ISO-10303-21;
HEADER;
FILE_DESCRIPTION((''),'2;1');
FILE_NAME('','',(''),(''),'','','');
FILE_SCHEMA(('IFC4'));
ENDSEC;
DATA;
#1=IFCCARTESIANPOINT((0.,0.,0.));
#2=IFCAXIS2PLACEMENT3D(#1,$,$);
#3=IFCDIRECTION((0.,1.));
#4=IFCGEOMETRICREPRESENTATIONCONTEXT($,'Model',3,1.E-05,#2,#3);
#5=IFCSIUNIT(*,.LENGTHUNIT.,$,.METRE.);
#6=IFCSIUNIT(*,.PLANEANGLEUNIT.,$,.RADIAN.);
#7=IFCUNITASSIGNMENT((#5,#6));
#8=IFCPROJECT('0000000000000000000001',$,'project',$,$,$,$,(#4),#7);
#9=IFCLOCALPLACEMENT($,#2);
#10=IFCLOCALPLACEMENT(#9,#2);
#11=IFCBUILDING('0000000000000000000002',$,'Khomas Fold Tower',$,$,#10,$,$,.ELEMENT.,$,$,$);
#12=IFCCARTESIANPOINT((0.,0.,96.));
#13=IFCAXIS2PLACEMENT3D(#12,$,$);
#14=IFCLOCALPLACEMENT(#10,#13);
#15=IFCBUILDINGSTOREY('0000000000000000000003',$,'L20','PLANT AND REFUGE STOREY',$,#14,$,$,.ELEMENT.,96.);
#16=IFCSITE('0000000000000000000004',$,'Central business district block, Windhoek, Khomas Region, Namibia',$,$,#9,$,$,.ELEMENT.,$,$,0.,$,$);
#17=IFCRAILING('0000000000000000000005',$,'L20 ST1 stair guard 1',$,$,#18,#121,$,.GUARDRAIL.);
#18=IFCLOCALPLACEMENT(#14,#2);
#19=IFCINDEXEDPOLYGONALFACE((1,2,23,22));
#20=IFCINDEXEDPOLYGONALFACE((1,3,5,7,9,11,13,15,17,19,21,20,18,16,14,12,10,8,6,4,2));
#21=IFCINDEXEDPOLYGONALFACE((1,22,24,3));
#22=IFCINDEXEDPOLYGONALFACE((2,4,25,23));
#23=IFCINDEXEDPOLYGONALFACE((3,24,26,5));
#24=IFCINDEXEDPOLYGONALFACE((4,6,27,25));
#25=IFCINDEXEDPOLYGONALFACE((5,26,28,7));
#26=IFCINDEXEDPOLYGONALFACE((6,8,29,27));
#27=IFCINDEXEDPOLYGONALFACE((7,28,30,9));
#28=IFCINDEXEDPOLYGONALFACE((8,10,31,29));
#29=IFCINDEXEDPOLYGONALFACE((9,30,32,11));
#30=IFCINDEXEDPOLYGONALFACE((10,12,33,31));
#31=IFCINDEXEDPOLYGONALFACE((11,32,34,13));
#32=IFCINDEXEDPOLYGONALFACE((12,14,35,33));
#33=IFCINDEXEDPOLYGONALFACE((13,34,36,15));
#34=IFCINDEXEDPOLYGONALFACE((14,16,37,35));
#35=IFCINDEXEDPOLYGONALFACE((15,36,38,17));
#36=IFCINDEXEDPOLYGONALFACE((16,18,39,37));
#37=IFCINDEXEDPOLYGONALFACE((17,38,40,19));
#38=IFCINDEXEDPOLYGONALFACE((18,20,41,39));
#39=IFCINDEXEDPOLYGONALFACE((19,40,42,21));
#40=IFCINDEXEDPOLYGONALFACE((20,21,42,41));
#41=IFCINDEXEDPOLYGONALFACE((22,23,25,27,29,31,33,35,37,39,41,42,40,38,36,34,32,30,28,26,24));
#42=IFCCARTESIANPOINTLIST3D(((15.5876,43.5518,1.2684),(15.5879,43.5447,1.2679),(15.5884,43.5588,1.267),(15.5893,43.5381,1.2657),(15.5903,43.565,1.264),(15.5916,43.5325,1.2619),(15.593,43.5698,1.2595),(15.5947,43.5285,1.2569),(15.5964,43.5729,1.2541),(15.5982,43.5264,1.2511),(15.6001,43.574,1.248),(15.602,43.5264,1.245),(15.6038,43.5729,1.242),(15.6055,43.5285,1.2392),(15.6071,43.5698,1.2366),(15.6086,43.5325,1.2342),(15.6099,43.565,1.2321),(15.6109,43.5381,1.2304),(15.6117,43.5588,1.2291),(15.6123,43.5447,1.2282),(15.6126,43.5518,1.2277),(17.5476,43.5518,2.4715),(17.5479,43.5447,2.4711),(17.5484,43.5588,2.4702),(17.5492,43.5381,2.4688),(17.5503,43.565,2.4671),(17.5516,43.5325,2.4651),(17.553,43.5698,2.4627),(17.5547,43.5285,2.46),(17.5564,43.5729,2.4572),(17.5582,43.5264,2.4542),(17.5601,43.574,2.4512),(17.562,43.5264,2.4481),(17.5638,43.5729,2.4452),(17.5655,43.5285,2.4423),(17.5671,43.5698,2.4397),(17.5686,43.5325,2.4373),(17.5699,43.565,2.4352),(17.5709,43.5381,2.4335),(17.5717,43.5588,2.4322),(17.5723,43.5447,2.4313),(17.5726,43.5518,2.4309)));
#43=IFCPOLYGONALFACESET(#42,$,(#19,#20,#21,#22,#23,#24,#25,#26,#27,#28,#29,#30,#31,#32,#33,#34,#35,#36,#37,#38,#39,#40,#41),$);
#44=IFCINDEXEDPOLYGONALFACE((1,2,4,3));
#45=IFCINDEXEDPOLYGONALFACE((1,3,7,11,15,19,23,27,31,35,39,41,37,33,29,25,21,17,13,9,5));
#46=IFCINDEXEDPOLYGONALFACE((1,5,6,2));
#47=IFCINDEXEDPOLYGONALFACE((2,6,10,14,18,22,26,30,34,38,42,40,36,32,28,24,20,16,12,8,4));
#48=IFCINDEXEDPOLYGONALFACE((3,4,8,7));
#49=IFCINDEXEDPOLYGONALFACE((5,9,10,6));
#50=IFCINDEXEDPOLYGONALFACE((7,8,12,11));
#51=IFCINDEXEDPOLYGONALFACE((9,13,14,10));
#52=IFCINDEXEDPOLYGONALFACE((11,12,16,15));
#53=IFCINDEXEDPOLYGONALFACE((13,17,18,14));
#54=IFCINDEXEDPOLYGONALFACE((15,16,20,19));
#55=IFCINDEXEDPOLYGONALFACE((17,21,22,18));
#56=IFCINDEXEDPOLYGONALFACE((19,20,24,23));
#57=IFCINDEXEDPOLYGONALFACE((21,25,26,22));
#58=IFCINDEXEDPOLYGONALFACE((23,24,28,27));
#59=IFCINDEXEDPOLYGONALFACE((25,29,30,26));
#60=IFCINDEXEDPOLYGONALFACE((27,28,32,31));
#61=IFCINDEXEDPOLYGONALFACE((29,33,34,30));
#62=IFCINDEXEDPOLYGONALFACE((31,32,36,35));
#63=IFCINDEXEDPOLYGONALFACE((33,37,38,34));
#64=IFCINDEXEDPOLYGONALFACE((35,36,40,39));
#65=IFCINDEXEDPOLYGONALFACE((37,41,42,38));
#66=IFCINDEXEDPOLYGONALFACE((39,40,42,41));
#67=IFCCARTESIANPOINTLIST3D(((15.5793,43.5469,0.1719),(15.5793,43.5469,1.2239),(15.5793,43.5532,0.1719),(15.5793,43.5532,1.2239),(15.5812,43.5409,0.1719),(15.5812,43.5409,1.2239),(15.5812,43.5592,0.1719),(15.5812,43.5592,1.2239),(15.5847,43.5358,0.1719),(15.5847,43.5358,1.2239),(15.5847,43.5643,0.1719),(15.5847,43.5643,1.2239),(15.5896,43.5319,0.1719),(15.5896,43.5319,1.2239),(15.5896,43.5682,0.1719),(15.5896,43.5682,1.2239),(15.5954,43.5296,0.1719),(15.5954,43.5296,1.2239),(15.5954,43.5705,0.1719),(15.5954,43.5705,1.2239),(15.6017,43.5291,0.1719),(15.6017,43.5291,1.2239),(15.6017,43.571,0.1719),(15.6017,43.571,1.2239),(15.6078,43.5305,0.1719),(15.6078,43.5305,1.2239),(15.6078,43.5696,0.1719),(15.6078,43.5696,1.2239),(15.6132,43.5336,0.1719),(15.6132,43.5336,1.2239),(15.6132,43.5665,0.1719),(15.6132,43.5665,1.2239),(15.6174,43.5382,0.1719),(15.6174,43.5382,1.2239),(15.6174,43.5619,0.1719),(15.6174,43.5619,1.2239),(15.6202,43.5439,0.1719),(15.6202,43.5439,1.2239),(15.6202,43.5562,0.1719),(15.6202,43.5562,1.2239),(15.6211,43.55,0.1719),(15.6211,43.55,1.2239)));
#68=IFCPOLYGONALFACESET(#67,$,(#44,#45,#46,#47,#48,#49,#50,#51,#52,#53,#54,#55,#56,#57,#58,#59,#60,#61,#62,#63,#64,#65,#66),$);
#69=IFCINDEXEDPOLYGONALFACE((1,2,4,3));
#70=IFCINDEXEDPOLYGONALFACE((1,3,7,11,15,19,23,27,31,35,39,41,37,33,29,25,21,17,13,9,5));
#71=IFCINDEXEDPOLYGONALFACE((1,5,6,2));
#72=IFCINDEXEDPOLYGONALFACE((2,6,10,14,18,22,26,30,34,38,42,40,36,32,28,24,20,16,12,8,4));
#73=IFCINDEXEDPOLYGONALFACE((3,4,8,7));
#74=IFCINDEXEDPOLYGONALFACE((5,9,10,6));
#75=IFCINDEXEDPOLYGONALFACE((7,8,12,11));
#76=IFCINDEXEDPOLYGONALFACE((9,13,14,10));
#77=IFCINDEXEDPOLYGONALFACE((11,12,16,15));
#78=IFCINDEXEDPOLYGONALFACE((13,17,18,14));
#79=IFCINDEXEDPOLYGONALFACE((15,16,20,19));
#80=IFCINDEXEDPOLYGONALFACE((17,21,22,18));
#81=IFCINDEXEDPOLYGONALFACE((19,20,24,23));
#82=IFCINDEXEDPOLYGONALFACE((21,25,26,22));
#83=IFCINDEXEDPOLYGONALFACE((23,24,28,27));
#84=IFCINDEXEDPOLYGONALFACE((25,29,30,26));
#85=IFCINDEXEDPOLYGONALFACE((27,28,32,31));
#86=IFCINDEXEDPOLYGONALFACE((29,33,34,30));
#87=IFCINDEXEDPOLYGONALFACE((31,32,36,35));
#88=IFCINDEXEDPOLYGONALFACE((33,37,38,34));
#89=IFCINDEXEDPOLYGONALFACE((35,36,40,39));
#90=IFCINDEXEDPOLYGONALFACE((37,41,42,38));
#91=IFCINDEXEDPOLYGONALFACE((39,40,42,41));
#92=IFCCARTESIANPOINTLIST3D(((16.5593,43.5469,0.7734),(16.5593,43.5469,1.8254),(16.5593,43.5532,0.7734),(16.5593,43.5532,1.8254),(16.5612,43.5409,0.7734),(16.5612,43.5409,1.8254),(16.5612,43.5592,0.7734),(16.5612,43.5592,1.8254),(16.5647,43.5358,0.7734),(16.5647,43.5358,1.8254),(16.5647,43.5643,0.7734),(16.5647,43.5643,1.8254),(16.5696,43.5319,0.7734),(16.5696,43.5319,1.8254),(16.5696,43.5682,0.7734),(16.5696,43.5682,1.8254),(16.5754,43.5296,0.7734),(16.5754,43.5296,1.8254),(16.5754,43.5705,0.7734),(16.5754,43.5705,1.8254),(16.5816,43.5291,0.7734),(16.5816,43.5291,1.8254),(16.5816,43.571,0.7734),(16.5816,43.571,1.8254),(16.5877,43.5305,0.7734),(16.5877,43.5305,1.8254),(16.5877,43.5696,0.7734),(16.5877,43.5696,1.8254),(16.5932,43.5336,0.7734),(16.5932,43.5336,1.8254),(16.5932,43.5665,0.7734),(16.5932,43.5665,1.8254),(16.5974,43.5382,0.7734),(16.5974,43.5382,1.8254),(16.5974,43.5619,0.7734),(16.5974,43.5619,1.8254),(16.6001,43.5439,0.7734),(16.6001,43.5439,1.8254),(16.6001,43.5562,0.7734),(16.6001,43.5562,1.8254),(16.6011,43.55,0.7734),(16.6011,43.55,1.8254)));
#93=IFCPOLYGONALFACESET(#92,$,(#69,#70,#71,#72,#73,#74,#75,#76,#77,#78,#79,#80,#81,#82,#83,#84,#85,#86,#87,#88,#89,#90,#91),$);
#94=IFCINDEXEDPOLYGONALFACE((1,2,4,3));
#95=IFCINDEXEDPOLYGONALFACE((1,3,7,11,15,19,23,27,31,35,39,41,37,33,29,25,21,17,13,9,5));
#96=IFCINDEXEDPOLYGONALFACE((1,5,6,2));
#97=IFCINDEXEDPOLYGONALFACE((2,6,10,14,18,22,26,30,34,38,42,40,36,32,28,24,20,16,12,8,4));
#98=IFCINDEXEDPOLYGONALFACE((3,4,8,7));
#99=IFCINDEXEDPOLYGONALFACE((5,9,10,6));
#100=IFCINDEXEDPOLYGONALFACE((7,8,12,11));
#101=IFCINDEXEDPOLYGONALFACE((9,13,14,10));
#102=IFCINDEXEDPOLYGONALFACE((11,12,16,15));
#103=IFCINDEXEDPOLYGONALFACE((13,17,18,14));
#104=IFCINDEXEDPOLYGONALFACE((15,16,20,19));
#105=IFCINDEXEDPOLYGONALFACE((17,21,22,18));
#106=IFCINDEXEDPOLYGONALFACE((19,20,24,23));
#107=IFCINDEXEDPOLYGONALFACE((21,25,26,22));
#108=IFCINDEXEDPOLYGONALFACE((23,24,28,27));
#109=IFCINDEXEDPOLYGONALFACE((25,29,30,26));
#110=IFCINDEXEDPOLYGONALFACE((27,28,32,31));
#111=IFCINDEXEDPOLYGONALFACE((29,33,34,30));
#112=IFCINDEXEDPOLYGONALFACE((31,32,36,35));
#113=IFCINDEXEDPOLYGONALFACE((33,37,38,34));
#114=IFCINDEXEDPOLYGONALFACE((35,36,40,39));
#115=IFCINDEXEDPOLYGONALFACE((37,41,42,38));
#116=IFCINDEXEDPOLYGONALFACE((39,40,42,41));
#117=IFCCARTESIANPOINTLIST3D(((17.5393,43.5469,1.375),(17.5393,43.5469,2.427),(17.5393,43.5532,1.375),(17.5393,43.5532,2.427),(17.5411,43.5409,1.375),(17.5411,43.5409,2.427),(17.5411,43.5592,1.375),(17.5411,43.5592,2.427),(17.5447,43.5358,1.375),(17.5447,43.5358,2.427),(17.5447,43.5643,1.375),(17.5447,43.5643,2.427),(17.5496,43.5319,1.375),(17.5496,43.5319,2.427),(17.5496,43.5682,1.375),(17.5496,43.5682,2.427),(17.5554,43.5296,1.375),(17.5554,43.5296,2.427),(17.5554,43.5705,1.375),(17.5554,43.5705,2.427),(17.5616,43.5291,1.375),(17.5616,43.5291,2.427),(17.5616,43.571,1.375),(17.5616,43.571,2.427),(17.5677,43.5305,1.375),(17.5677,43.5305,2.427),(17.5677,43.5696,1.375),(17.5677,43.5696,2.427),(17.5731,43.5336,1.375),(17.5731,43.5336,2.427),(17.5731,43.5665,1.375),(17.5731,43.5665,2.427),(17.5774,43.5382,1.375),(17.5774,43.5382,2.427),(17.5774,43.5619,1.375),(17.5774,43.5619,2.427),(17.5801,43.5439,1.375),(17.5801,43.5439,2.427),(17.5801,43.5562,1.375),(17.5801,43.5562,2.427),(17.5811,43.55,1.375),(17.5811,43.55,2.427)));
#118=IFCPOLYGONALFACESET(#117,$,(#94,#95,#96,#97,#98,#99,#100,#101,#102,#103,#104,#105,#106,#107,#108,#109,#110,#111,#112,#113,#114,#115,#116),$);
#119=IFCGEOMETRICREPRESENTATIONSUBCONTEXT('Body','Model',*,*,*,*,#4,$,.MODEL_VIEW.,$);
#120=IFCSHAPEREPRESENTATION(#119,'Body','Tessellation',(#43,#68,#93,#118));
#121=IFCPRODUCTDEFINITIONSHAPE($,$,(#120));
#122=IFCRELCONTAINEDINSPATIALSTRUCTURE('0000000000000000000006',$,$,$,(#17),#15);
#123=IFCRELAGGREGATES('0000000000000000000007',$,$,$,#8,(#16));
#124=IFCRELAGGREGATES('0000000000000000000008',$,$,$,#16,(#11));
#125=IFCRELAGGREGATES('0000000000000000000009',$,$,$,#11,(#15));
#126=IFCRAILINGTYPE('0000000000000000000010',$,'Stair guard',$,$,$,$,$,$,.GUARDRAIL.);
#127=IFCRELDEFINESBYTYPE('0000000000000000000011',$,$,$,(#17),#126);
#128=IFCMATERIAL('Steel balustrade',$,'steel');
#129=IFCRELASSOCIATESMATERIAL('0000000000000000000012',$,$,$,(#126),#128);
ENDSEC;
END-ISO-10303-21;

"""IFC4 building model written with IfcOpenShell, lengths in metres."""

from ifc_helpers import new_model, si_unit, direction, frame, origin, origin_2d, place, context, subcontext, project, spatial, circle, extrude, source, transform, mapped, material, type_object, element, save


model = new_model("IFC4")

# Units and contexts
model_context = context("Model", 3, precision=1e-05, world=origin(), true_north=direction((0.0, 1.0)))
body_context = subcontext(model_context, "Body", "Model", "MODEL_VIEW")
ifc_project = project(units=[si_unit("LENGTHUNIT", "METRE"), si_unit("PLANEANGLEUNIT", "RADIAN")], contexts=[model_context])

# Site, building, storey
site_placement = place(None, origin())
site = spatial("IfcSite", under=ifc_project, at=site_placement, Name="Central business district block, Windhoek, Khomas Region, Namibia", CompositionType="ELEMENT", RefElevation=0.0)
building_placement = place(site_placement, origin())
building = spatial("IfcBuilding", under=site, at=building_placement, Name="Khomas Fold Tower", CompositionType="ELEMENT")
storey_placement = place(building_placement, frame((0.0, 0.0, 96.0)))
storey = spatial("IfcBuildingStorey", under=building, at=storey_placement, Name="L20", Description="PLANT AND REFUGE STOREY", CompositionType="ELEMENT", Elevation=96.0)

# Railing
ifc_material_1 = material(Name="Steel balustrade", Category="steel")
railing_type_1 = type_object("IfcRailingType", Name="Stair guard", PredefinedType="GUARDRAIL", material=ifc_material_1)
shared_shape_1 = source(origin(), body_context, "Body", "SweptSolid", [
    extrude(circle(Radius=0.0239, at=origin_2d()), frame((0.0, 0.0, 1.0762), z_axis=(0.852241, 0.0, 0.523149), x_axis=(0.0, 1.0, 0.0)), (0.0, 0.0, 1.0), 2.2998),
    extrude(circle(Radius=0.021, at=origin_2d()), origin(), (0.0, 0.0, 1.0), 1.052),
    extrude(circle(Radius=0.021, at=origin_2d()), frame((0.98, 0.0, 0.6016)), (0.0, 0.0, 1.0), 1.052),
    extrude(circle(Radius=0.021, at=origin_2d()), frame((1.96, 0.0, 1.2031)), (0.0, 0.0, 1.0), 1.052),
])
for number, where, name in (
    (1, (15.6001, 43.55, 0.1719), "L20 ST1 stair guard 1"),
):
    element("IfcRailing", number, at=place(storey_placement, frame(where)), inside=storey, type_object=railing_type_1, Name=name, PredefinedType="GUARDRAIL", context=body_context, shape_type="MappedRepresentation", body=[
        mapped(shared_shape_1, transform((0.0, 0.0, 0.0))),
    ])

save(model, "model.ifc")
